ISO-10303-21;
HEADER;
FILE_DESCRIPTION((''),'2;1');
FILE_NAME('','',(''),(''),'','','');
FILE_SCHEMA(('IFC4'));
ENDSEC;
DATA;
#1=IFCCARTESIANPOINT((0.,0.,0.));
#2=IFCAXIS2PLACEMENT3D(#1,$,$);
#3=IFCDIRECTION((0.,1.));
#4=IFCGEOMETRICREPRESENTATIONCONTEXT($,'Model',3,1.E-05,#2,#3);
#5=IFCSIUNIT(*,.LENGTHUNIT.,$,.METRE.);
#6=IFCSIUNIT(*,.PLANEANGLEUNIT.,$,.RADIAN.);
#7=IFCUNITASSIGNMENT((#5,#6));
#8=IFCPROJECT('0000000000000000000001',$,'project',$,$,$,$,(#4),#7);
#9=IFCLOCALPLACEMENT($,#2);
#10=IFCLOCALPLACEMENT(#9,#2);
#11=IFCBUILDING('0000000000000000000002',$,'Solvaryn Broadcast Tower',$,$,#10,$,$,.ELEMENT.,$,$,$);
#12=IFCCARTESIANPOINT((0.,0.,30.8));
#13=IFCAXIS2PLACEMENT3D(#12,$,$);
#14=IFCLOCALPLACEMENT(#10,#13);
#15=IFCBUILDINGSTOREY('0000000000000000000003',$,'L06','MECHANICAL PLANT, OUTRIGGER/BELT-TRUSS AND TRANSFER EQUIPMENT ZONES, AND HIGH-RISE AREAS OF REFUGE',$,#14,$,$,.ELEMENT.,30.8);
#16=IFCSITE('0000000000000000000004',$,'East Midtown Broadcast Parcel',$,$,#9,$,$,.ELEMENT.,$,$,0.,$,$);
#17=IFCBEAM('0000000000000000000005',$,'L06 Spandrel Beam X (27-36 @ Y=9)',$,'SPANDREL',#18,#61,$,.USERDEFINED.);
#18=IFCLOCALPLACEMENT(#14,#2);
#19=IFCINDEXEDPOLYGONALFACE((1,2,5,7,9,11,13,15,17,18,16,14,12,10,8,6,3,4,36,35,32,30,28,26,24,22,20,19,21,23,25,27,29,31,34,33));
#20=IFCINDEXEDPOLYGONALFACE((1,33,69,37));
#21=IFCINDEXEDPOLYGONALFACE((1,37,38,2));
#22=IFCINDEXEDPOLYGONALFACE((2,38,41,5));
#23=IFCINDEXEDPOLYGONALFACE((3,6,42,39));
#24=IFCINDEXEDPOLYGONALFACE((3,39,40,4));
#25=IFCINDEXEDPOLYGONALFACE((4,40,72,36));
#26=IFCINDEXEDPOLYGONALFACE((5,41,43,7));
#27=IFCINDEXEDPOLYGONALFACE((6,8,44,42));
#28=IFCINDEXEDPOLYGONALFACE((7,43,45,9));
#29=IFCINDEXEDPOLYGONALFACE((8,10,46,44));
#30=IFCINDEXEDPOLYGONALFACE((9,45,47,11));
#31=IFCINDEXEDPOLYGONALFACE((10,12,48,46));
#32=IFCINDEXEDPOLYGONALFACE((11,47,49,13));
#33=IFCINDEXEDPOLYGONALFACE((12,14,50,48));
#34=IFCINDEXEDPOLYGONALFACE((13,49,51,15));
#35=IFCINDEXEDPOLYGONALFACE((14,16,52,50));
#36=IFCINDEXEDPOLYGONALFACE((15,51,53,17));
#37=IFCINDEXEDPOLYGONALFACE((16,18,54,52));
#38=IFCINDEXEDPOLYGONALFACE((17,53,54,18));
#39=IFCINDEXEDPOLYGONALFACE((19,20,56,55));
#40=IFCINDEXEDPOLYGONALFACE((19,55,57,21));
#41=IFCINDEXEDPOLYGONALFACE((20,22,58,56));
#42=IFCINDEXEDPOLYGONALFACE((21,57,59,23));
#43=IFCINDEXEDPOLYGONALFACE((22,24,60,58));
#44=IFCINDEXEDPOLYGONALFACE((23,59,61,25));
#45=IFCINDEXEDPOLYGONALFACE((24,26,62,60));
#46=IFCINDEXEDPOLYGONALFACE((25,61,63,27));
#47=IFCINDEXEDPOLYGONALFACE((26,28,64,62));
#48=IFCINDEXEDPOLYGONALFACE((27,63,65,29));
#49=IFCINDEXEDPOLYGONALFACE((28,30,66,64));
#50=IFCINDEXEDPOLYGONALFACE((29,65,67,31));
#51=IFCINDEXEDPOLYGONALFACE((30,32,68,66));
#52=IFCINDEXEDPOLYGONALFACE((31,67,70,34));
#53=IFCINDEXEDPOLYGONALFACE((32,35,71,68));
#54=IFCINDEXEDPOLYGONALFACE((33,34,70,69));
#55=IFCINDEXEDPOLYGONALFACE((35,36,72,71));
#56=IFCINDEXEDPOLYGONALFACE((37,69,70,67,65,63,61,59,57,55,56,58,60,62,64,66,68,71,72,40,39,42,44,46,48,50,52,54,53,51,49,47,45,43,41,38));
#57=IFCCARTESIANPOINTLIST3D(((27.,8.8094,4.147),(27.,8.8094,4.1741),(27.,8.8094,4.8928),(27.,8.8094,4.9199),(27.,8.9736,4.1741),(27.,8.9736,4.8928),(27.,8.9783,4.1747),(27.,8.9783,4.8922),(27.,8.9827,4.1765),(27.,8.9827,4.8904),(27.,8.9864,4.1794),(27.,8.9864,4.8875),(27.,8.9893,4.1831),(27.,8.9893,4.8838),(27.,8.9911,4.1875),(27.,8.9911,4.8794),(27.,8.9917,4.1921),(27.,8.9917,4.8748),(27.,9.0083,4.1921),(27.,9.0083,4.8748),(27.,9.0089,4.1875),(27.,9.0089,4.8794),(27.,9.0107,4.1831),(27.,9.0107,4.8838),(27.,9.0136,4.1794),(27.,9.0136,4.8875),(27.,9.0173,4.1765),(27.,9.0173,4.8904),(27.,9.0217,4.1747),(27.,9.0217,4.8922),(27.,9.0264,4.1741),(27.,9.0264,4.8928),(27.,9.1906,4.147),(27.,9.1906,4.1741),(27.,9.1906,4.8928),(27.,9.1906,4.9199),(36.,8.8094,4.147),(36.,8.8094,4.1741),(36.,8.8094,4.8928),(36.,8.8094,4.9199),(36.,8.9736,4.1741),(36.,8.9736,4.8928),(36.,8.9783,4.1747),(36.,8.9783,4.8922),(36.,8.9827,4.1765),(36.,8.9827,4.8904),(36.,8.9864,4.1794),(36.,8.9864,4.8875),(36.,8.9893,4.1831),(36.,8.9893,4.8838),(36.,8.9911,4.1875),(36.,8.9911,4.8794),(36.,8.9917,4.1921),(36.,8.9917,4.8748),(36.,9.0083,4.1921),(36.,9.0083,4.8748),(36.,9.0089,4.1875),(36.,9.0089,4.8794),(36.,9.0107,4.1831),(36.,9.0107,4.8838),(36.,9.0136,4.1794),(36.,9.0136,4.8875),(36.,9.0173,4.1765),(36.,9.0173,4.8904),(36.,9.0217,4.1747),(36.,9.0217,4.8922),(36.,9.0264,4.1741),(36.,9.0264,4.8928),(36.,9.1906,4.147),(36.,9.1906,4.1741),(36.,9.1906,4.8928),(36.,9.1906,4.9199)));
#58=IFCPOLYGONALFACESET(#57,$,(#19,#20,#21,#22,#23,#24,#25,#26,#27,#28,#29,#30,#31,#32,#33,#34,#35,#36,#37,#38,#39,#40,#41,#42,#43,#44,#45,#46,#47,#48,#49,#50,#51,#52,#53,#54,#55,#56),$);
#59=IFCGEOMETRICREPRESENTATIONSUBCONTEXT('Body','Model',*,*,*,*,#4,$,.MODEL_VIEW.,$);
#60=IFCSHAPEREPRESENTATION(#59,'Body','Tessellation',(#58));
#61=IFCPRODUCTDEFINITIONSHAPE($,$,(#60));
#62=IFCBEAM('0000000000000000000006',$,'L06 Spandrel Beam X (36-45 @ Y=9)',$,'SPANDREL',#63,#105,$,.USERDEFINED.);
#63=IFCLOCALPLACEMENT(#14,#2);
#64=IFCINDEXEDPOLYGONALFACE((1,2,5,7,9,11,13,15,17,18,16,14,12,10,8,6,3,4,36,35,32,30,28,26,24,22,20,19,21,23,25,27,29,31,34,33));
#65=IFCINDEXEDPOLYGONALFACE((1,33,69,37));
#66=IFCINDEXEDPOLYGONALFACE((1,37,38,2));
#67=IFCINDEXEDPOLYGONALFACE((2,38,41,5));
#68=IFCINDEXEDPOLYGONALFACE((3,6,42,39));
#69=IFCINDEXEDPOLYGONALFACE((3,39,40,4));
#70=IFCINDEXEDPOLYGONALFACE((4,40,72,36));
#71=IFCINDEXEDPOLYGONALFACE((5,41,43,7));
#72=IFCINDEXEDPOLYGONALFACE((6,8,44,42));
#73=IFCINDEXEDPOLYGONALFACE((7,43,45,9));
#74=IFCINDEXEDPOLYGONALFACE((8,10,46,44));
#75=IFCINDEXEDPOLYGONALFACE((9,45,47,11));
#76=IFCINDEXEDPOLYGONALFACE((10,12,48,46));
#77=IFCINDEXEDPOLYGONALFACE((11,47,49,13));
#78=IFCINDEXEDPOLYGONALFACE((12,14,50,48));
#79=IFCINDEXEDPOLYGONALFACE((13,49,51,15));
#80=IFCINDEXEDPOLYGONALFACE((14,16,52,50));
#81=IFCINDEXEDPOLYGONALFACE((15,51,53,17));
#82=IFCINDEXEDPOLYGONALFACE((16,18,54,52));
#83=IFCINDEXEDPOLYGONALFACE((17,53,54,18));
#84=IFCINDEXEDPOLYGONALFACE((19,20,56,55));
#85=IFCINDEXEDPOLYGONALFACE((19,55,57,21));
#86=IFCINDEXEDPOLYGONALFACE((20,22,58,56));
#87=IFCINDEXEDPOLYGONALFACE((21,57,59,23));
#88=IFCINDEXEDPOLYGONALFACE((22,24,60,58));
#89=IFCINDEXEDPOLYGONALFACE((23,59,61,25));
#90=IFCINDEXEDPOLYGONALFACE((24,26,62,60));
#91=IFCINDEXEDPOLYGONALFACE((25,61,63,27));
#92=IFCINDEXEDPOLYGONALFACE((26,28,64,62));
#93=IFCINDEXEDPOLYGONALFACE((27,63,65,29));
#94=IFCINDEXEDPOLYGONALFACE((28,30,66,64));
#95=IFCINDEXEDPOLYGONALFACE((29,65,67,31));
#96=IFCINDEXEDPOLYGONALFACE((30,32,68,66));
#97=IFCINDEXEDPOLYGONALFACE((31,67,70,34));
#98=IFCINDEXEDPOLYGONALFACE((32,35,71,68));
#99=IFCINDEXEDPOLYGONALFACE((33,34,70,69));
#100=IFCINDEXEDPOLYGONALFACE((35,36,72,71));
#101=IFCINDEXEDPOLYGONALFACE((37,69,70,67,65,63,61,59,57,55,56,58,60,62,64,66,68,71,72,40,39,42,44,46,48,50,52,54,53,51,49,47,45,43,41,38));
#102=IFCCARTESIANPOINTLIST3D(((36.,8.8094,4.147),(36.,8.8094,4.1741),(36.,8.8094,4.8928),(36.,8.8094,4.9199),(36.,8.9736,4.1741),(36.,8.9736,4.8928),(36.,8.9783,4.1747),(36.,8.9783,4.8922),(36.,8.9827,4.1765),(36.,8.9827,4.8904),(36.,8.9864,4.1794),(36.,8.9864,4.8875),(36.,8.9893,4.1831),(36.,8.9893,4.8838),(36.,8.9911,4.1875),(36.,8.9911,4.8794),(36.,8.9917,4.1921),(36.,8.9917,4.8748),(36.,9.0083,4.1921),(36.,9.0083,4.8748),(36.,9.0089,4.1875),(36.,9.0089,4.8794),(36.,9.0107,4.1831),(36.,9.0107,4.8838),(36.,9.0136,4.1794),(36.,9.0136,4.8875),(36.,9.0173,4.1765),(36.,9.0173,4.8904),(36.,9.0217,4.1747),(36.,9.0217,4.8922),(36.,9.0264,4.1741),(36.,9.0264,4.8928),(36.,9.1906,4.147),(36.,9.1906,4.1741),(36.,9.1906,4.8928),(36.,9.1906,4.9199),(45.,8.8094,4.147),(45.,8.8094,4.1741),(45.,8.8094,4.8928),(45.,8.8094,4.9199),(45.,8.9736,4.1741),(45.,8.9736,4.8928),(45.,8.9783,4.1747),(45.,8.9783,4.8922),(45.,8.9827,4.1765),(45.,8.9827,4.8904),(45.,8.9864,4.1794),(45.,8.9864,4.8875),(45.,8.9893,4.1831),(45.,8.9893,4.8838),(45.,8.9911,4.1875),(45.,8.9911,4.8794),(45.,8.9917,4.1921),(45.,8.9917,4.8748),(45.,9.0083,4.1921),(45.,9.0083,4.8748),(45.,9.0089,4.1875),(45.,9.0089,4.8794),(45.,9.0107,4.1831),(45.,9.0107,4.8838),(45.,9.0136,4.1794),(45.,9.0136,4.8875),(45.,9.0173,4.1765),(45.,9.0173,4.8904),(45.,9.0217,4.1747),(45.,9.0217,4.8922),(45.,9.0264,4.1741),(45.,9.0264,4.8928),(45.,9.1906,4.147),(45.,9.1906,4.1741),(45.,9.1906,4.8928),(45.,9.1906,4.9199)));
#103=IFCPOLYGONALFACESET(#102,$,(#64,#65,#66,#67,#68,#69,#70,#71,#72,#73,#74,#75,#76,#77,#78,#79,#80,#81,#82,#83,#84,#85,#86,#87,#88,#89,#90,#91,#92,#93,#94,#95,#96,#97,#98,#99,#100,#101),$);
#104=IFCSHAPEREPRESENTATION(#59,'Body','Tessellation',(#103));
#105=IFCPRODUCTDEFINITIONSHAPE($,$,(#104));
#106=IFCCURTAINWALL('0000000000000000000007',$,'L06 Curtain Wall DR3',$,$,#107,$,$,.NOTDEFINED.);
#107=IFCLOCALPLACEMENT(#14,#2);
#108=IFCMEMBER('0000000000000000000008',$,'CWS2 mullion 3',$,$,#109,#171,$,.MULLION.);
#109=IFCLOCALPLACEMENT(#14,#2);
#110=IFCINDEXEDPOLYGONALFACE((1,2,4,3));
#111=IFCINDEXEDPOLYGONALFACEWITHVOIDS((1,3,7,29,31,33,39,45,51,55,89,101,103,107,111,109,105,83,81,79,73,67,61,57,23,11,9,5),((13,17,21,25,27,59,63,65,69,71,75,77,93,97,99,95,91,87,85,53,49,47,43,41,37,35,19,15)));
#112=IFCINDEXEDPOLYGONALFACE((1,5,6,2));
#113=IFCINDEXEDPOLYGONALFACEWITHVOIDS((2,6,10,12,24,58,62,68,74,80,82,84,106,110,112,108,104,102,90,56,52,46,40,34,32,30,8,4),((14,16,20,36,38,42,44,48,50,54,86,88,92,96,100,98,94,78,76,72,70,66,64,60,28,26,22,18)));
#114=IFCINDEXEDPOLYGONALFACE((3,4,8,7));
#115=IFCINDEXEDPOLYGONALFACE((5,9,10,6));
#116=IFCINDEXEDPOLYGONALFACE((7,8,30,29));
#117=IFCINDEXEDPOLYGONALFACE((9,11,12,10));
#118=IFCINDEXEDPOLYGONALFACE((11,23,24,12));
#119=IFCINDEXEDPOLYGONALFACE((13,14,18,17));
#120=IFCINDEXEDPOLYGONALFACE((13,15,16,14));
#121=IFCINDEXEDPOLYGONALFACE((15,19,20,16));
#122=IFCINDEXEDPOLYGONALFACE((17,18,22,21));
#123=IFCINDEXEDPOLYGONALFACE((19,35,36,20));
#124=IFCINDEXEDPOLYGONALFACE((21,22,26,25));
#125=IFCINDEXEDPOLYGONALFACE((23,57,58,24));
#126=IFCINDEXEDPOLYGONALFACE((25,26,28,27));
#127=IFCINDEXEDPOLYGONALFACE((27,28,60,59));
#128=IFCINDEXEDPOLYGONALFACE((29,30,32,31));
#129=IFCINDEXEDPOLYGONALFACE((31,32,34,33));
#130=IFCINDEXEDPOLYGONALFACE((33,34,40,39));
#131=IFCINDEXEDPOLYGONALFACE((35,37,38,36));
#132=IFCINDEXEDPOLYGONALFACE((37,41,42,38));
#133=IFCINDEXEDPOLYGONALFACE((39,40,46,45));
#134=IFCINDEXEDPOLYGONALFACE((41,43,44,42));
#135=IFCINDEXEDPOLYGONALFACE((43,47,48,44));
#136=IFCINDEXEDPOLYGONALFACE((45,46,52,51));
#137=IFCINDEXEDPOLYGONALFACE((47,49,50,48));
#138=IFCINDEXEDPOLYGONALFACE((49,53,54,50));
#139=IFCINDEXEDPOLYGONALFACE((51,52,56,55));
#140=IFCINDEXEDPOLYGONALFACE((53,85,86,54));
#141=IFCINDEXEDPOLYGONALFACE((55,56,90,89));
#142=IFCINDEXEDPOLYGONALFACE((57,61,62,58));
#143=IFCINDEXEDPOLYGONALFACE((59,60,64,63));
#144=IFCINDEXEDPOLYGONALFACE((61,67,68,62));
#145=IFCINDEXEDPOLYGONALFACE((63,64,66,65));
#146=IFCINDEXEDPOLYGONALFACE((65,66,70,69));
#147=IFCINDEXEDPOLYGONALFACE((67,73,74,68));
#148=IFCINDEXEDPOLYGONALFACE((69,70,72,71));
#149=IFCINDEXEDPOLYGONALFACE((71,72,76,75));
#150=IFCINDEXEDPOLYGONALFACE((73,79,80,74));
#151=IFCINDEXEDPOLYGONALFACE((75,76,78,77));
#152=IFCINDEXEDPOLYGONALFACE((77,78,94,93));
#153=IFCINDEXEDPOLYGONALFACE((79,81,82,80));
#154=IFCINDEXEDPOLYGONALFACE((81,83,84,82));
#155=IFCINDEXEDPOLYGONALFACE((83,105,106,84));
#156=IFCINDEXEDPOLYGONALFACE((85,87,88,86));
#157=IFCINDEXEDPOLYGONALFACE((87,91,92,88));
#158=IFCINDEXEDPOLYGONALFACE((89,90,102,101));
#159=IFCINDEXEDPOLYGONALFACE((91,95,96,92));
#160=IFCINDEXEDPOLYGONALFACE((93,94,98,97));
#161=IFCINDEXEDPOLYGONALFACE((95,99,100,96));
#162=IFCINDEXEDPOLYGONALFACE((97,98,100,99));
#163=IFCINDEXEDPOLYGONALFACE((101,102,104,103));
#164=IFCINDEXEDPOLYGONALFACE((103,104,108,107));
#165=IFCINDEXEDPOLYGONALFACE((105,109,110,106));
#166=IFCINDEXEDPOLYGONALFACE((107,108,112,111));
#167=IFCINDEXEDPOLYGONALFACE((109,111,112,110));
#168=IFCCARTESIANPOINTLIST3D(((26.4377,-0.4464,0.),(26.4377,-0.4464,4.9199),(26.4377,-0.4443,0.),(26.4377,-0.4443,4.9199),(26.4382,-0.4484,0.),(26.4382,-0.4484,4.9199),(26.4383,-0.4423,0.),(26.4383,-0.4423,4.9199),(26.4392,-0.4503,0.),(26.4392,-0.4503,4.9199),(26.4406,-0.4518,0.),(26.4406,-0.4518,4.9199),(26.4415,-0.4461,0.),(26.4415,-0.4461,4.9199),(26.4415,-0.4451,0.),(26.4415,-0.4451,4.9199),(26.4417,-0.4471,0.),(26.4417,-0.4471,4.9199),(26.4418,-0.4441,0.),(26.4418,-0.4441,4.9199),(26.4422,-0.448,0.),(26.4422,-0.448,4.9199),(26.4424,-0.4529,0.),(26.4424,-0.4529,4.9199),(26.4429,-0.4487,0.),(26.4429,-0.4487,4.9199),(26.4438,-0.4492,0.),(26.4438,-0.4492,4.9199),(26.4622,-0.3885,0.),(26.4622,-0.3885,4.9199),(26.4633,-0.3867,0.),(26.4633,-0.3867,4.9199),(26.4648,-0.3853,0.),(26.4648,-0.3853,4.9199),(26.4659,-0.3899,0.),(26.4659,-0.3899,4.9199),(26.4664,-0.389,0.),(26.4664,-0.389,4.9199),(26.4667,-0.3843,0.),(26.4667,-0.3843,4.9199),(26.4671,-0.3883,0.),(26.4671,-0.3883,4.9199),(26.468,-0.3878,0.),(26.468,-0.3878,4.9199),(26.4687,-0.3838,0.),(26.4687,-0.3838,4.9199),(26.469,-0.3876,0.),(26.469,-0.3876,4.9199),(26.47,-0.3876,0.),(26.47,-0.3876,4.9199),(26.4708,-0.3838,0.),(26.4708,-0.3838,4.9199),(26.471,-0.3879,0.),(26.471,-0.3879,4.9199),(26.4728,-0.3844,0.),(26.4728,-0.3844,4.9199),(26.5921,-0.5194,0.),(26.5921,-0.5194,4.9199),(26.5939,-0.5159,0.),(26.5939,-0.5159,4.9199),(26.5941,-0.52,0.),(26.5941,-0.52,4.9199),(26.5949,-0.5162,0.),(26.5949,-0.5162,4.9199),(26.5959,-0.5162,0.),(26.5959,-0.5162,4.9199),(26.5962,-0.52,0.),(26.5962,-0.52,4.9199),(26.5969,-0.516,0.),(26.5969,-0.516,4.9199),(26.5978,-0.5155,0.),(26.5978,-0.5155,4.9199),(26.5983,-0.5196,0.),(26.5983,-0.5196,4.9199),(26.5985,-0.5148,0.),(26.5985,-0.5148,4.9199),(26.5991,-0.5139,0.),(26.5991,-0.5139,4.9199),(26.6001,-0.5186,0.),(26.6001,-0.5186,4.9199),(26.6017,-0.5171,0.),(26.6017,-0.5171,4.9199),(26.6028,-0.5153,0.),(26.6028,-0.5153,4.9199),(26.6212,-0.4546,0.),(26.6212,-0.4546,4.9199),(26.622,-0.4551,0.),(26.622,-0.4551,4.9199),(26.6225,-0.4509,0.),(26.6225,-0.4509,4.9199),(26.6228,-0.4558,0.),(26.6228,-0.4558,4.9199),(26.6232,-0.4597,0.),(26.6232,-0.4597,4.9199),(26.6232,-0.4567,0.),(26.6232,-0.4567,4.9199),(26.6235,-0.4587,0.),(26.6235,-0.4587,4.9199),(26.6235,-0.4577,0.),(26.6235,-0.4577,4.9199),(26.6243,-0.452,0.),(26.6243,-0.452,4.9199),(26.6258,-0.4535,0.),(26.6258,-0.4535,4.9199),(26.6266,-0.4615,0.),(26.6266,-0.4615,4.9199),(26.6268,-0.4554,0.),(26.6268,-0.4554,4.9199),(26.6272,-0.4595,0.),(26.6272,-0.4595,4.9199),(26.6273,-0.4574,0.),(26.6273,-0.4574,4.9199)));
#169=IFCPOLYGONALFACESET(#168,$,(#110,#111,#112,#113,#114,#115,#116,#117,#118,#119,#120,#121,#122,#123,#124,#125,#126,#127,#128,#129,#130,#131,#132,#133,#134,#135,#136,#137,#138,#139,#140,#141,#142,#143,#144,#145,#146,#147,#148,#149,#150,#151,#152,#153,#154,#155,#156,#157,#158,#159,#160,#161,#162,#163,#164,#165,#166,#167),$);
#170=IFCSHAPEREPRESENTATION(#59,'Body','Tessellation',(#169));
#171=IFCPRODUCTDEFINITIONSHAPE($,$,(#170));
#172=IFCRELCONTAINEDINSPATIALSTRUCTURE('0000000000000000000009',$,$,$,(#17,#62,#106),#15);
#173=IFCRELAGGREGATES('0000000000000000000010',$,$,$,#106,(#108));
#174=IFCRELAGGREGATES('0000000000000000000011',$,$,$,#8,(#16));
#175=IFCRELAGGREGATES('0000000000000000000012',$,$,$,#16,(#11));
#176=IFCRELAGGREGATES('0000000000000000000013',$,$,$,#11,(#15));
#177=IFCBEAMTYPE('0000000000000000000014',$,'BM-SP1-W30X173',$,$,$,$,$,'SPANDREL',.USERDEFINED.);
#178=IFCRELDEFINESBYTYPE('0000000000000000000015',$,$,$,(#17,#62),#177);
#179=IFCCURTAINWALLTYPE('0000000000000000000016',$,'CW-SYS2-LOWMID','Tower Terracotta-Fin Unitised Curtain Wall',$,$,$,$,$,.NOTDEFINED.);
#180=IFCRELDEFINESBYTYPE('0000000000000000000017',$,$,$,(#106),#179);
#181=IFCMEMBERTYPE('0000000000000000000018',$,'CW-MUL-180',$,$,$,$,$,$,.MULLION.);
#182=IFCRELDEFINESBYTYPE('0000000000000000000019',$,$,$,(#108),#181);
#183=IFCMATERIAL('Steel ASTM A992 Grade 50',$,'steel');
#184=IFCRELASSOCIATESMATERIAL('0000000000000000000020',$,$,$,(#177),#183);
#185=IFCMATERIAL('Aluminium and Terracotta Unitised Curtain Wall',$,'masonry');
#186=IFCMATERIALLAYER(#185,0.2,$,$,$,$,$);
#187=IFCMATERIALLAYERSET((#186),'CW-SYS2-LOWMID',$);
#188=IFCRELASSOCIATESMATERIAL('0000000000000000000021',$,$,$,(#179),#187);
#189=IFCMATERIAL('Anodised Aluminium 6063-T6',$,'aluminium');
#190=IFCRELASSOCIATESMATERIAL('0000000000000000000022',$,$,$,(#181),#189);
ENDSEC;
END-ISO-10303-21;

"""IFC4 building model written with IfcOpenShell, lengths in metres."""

from ifc_helpers import new_model, si_unit, direction, frame, origin, origin_2d, place, context, subcontext, project, spatial, hollow_rectangle, i_section, extrude, material, layer, layer_set, material_profile, profile_set, type_object, element, aggregate, save


model = new_model("IFC4")

# Units and contexts
model_context = context("Model", 3, precision=1e-05, world=origin(), true_north=direction((0.0, 1.0)))
body_context = subcontext(model_context, "Body", "Model", "MODEL_VIEW")
ifc_project = project(units=[si_unit("LENGTHUNIT", "METRE"), si_unit("PLANEANGLEUNIT", "RADIAN")], contexts=[model_context])

# Site, building, storey
site_placement = place(None, origin())
site = spatial("IfcSite", under=ifc_project, at=site_placement, Name="East Midtown Broadcast Parcel", CompositionType="ELEMENT", RefElevation=0.0)
building_placement = place(site_placement, origin())
building = spatial("IfcBuilding", under=site, at=building_placement, Name="Solvaryn Broadcast Tower", CompositionType="ELEMENT")
storey_placement = place(building_placement, frame((0.0, 0.0, 30.8)))
storey = spatial("IfcBuildingStorey", under=building, at=storey_placement, Name="L06", Description="MECHANICAL PLANT, OUTRIGGER/BELT-TRUSS AND TRANSFER EQUIPMENT ZONES, AND HIGH-RISE AREAS OF REFUGE", CompositionType="ELEMENT", Elevation=30.8)

# Beams
ifc_material_1 = material(Name="Steel ASTM A992 Grade 50", Category="steel")
ifc_material_profile_1 = material_profile(ifc_material_1, i_section(OverallWidth=0.3811, OverallDepth=0.7729, WebThickness=0.0166, FlangeThickness=0.0271, FilletRadius=0.0181, at=origin_2d()))
ifc_profile_set_1 = profile_set([ifc_material_profile_1], Name="Steel ASTM A992 Grade 50")
beam_type_1 = type_object("IfcBeamType", Name="BM-SP1-W30X173", ElementType="SPANDREL", PredefinedType="USERDEFINED", material=ifc_profile_set_1)
for number, where, z_axis, x_axis, name in (
    (1, (27.0, 9.0, 4.5334), (1.0, 0.0, 0.0), (0.0, 1.0, 0.0), "L06 Spandrel Beam X (27-36 @ Y=9)"),
    (2, (36.0, 9.0, 4.5334), (1.0, 0.0, 0.0), (0.0, 1.0, 0.0), "L06 Spandrel Beam X (36-45 @ Y=9)"),
):
    element("IfcBeam", number, at=place(storey_placement, frame(where, z_axis=z_axis, x_axis=x_axis)), inside=storey, type_object=beam_type_1, Name=name, ObjectType="SPANDREL", PredefinedType="USERDEFINED", context=body_context, shape_type="SweptSolid", body=[
        extrude(i_section(OverallWidth=0.3811, OverallDepth=0.7729, WebThickness=0.0166, FlangeThickness=0.0271, FilletRadius=0.0181, at=origin_2d()), origin(), (0.0, 0.0, 1.0), 9.0),
    ])

# Curtain wall, member
ifc_material_2 = material(Name="Aluminium and Terracotta Unitised Curtain Wall", Category="masonry")
ifc_layer_1 = layer(ifc_material_2, 0.2)
ifc_layer_set_1 = layer_set([ifc_layer_1], Name="CW-SYS2-LOWMID")
curtain_wall_type = type_object("IfcCurtainWallType", Name="CW-SYS2-LOWMID", Description="Tower Terracotta-Fin Unitised Curtain Wall", PredefinedType="NOTDEFINED", material=ifc_layer_set_1)
curtain_wall_placement = place(storey_placement, origin())
curtain_wall = element("IfcCurtainWall", 3, at=curtain_wall_placement, inside=storey, type_object=curtain_wall_type, Name="L06 Curtain Wall DR3", PredefinedType="NOTDEFINED")
ifc_material_3 = material(Name="Anodised Aluminium 6063-T6", Category="aluminium")
ifc_material_profile_2 = material_profile(ifc_material_3, hollow_rectangle(XDim=0.075, YDim=0.1799, WallThickness=0.0039, InnerFilletRadius=0.0039, OuterFilletRadius=0.0081, at=origin_2d()))
ifc_profile_set_2 = profile_set([ifc_material_profile_2], Name="Anodised Aluminium 6063-T6")
member_type_1 = type_object("IfcMemberType", Name="CW-MUL-180", PredefinedType="MULLION", material=ifc_profile_set_2)
member_1_placement = place(storey_placement, frame((26.5325, -0.4519, 0.0), z_axis=(0.0, 0.0, 1.0), x_axis=(0.405898, 0.913918, 0.0)))
member_1 = element("IfcMember", 4, at=member_1_placement, type_object=member_type_1, Name="CWS2 mullion 3", PredefinedType="MULLION", context=body_context, shape_type="SweptSolid", body=[
    extrude(hollow_rectangle(XDim=0.075, YDim=0.1799, WallThickness=0.0039, InnerFilletRadius=0.0039, OuterFilletRadius=0.0081, at=origin_2d()), origin(), (0.0, 0.0, 1.0), 4.9199),
])
aggregate(curtain_wall, [member_1])

save(model, "model.ifc")
